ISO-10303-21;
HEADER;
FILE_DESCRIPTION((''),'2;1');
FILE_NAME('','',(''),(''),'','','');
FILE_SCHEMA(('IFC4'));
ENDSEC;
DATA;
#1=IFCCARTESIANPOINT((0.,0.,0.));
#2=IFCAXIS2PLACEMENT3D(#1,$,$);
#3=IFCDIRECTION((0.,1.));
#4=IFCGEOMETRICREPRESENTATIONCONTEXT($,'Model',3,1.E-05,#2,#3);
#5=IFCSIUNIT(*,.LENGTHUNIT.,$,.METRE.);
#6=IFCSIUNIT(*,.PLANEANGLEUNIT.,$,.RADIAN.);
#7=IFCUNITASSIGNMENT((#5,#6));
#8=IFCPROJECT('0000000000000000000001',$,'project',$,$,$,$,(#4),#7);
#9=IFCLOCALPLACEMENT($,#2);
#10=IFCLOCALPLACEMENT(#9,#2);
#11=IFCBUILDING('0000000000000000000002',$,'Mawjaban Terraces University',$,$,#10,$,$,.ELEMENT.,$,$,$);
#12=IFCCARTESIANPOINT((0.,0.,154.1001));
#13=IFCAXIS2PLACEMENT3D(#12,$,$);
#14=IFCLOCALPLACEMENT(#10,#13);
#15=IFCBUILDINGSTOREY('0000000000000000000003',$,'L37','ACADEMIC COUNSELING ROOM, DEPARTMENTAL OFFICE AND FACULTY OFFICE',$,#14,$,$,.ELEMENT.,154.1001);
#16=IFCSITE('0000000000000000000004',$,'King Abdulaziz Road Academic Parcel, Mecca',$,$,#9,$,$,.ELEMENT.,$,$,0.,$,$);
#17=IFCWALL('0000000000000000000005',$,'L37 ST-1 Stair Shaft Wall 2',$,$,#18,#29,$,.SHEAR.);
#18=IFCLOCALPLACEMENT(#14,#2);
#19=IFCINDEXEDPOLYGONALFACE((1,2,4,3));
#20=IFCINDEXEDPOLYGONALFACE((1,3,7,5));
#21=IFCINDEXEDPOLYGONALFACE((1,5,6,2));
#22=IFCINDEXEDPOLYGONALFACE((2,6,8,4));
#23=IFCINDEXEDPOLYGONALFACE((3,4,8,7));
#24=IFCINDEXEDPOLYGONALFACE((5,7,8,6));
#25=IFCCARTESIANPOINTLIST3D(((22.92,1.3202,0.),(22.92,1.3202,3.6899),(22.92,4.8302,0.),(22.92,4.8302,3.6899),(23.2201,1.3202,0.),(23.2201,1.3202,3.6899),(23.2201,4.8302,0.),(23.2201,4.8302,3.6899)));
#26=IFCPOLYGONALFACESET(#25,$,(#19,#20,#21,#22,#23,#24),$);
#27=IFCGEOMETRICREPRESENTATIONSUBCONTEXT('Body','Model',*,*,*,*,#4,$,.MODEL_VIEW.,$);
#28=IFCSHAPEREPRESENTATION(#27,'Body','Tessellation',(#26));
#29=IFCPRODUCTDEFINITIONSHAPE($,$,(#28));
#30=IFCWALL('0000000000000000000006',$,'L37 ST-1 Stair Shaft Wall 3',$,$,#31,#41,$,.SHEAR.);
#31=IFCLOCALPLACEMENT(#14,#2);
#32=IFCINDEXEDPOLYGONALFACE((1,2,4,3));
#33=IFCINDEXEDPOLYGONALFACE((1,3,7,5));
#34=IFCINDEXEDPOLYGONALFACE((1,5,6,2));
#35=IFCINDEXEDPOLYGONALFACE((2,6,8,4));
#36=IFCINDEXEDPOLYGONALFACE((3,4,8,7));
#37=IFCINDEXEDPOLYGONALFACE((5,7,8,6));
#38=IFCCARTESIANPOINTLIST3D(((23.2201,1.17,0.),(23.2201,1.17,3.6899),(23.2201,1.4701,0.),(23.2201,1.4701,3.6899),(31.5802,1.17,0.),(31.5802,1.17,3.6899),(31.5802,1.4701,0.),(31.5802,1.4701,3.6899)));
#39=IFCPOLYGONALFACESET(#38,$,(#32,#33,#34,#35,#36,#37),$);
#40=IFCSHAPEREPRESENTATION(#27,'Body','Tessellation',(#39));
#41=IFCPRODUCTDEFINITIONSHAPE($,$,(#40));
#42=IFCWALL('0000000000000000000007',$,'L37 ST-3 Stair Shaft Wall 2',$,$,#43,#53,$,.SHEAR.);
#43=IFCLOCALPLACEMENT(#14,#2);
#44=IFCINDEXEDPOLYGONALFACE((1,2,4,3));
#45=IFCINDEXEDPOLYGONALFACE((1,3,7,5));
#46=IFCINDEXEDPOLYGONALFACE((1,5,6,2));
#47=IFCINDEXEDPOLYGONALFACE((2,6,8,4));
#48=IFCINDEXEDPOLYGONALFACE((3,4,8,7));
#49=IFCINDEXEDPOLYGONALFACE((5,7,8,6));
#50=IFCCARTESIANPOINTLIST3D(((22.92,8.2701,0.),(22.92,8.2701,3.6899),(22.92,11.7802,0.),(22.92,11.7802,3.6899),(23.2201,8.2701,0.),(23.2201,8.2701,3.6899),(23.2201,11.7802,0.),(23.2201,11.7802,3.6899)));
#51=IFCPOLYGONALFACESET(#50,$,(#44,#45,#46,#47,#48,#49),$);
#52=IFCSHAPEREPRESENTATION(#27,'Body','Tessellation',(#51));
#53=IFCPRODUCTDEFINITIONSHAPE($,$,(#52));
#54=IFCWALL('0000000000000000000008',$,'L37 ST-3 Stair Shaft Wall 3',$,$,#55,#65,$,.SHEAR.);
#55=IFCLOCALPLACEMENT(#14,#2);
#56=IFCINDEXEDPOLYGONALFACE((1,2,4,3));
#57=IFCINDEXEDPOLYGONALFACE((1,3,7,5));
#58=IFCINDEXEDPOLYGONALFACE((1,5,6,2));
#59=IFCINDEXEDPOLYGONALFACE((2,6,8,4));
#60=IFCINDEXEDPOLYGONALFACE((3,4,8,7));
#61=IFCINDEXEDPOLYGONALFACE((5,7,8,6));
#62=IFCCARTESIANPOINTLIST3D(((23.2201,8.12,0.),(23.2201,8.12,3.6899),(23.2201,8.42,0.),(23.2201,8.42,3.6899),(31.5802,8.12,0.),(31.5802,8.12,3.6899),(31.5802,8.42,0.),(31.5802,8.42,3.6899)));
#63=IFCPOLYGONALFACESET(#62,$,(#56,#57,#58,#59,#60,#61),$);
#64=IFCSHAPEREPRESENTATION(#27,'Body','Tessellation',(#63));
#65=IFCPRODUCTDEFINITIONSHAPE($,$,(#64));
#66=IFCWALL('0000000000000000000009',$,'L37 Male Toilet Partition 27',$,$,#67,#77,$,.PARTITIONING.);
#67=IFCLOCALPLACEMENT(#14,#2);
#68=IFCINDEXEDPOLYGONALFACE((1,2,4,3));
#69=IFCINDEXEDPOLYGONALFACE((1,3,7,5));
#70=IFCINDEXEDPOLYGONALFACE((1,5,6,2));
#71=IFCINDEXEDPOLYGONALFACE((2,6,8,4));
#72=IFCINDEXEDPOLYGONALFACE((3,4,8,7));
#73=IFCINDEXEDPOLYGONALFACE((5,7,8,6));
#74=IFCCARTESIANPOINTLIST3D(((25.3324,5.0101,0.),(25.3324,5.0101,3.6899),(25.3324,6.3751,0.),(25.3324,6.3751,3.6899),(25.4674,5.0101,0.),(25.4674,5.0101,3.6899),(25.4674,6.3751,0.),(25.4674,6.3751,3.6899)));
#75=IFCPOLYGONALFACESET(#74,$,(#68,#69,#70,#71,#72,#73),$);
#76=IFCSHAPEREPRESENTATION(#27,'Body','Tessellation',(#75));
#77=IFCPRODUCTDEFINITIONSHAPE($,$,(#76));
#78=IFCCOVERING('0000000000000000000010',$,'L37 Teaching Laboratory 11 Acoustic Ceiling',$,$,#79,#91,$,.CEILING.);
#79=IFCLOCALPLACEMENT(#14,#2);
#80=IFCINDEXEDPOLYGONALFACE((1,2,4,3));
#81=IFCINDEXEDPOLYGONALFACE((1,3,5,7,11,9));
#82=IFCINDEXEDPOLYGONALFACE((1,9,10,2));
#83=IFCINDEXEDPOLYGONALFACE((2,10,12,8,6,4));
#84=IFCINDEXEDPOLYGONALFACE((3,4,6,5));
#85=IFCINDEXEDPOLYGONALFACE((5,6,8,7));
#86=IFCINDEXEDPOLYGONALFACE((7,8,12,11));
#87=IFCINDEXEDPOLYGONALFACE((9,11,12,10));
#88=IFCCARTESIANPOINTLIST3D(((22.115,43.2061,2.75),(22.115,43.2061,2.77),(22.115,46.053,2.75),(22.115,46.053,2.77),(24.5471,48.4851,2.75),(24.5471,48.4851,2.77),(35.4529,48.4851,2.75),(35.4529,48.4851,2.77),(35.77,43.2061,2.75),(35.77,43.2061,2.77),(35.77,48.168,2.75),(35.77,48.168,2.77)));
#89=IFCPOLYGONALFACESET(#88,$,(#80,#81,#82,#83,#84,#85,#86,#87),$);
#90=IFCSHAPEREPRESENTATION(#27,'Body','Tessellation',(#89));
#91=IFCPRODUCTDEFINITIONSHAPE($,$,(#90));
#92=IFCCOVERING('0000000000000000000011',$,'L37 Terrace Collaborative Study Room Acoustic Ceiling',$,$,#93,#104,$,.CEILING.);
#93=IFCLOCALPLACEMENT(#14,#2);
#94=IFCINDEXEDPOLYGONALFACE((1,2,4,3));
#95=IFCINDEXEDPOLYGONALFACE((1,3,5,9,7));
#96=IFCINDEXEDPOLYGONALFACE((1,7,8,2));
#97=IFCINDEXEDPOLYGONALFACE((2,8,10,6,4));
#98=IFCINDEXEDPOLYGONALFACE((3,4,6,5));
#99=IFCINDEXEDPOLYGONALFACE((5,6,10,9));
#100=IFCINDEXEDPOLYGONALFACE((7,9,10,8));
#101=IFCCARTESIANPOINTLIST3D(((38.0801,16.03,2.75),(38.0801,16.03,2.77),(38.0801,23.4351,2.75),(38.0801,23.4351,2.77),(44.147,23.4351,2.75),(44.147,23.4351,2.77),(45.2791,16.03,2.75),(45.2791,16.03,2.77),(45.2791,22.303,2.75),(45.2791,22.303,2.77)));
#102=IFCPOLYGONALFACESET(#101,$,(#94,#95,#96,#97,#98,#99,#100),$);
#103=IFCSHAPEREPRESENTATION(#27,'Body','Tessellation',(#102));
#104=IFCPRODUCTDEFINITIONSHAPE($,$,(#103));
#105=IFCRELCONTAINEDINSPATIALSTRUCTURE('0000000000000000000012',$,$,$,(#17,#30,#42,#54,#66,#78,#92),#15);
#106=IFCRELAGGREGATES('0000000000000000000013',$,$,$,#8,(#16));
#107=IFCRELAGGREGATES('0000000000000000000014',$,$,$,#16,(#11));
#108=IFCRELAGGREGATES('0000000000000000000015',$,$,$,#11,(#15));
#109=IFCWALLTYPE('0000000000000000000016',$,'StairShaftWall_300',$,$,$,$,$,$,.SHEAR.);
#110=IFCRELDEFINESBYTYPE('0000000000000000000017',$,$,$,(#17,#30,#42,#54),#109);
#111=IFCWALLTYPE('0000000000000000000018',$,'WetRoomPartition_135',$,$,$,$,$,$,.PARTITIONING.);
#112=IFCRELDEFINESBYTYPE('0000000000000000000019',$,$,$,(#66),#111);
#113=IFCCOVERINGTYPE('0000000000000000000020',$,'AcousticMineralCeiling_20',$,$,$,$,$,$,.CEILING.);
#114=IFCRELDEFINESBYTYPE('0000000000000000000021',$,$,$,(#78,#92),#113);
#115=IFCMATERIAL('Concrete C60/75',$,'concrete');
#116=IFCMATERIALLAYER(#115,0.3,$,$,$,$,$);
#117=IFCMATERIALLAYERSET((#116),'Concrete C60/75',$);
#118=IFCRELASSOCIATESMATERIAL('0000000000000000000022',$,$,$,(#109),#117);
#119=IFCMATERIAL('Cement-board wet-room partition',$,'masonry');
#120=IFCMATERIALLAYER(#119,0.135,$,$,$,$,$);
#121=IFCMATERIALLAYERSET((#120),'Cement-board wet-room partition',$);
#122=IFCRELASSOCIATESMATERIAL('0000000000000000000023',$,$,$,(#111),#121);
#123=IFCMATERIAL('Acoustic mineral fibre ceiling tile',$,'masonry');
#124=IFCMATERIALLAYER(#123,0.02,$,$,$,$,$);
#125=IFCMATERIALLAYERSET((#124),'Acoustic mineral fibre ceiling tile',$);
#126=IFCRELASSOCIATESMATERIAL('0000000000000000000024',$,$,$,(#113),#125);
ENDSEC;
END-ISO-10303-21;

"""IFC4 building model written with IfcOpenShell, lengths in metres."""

from ifc_helpers import new_model, si_unit, direction, frame, frame_2d, origin, place, context, subcontext, project, spatial, polyline, rectangle, outline, extrude, material, layer, layer_set, type_object, element, save


model = new_model("IFC4")

# Units and contexts
model_context = context("Model", 3, precision=1e-05, world=origin(), true_north=direction((0.0, 1.0)))
body_context = subcontext(model_context, "Body", "Model", "MODEL_VIEW")
ifc_project = project(units=[si_unit("LENGTHUNIT", "METRE"), si_unit("PLANEANGLEUNIT", "RADIAN")], contexts=[model_context])

# Site, building, storey
site_placement = place(None, origin())
site = spatial("IfcSite", under=ifc_project, at=site_placement, Name="King Abdulaziz Road Academic Parcel, Mecca", CompositionType="ELEMENT", RefElevation=0.0)
building_placement = place(site_placement, origin())
building = spatial("IfcBuilding", under=site, at=building_placement, Name="Mawjaban Terraces University", CompositionType="ELEMENT")
storey_placement = place(building_placement, frame((0.0, 0.0, 154.1001)))
storey = spatial("IfcBuildingStorey", under=building, at=storey_placement, Name="L37", Description="ACADEMIC COUNSELING ROOM, DEPARTMENTAL OFFICE AND FACULTY OFFICE", CompositionType="ELEMENT", Elevation=154.1001)

# Shared definitions
ifc_material_1 = material(Name="Concrete C60/75", Category="concrete")

# Walls
ifc_layer_1 = layer(ifc_material_1, 0.3)
ifc_layer_set_1 = layer_set([ifc_layer_1], Name="Concrete C60/75")
wall_type_1 = type_object("IfcWallType", Name="StairShaftWall_300", PredefinedType="SHEAR", material=ifc_layer_set_1)
wall_1_placement = place(storey_placement, frame((23.0701, 4.8301, 0.0), z_axis=(0.0, 0.0, 1.0), x_axis=(0.0, -1.0, 0.0)))
element("IfcWall", 1, at=wall_1_placement, inside=storey, type_object=wall_type_1, Name="L37 ST-1 Stair Shaft Wall 2", PredefinedType="SHEAR", context=body_context, shape_type="SweptSolid", body=[
    extrude(rectangle(XDim=3.51, YDim=0.3, at=frame_2d((1.7549, 0.0))), origin(), (0.0, 0.0, 1.0), 3.6899),
])
wall_2_placement = place(storey_placement, frame((23.22, 1.3201, 0.0), z_axis=(0.0, 0.0, 1.0), x_axis=(1.0, 0.0, 0.0)))
element("IfcWall", 2, at=wall_2_placement, inside=storey, type_object=wall_type_1, Name="L37 ST-1 Stair Shaft Wall 3", PredefinedType="SHEAR", context=body_context, shape_type="SweptSolid", body=[
    extrude(rectangle(XDim=8.3601, YDim=0.3, at=frame_2d((4.1802, 0.0))), origin(), (0.0, 0.0, 1.0), 3.6899),
])
wall_3_placement = place(storey_placement, frame((23.0701, 11.78, 0.0), z_axis=(0.0, 0.0, 1.0), x_axis=(0.0, -1.0, 0.0)))
element("IfcWall", 3, at=wall_3_placement, inside=storey, type_object=wall_type_1, Name="L37 ST-3 Stair Shaft Wall 2", PredefinedType="SHEAR", context=body_context, shape_type="SweptSolid", body=[
    extrude(rectangle(XDim=3.51, YDim=0.3, at=frame_2d((1.7549, 0.0))), origin(), (0.0, 0.0, 1.0), 3.6899),
])
wall_4_placement = place(storey_placement, frame((23.22, 8.27, 0.0), z_axis=(0.0, 0.0, 1.0), x_axis=(1.0, 0.0, 0.0)))
element("IfcWall", 4, at=wall_4_placement, inside=storey, type_object=wall_type_1, Name="L37 ST-3 Stair Shaft Wall 3", PredefinedType="SHEAR", context=body_context, shape_type="SweptSolid", body=[
    extrude(rectangle(XDim=8.3601, YDim=0.3, at=frame_2d((4.1802, 0.0))), origin(), (0.0, 0.0, 1.0), 3.6899),
])
ifc_material_2 = material(Name="Cement-board wet-room partition", Category="masonry")
ifc_layer_2 = layer(ifc_material_2, 0.135)
ifc_layer_set_2 = layer_set([ifc_layer_2], Name="Cement-board wet-room partition")
wall_type_2 = type_object("IfcWallType", Name="WetRoomPartition_135", PredefinedType="PARTITIONING", material=ifc_layer_set_2)
wall_5_placement = place(storey_placement, frame((25.3999, 5.01, 0.0), z_axis=(0.0, 0.0, 1.0), x_axis=(0.0, 1.0, 0.0)))
element("IfcWall", 5, at=wall_5_placement, inside=storey, type_object=wall_type_2, Name="L37 Male Toilet Partition 27", PredefinedType="PARTITIONING", context=body_context, shape_type="SweptSolid", body=[
    extrude(rectangle(XDim=1.365, YDim=0.135, at=frame_2d((0.6826, 0.0))), origin(), (0.0, 0.0, 1.0), 3.6899),
])

# Coverings
ifc_material_3 = material(Name="Acoustic mineral fibre ceiling tile", Category="masonry")
ifc_layer_3 = layer(ifc_material_3, 0.02)
ifc_layer_set_3 = layer_set([ifc_layer_3], Name="Acoustic mineral fibre ceiling tile")
covering_type = type_object("IfcCoveringType", Name="AcousticMineralCeiling_20", PredefinedType="CEILING", material=ifc_layer_set_3)
covering_1_placement = place(storey_placement, frame((0.0, 0.0, 2.75)))
element("IfcCovering", 6, at=covering_1_placement, inside=storey, type_object=covering_type, Name="L37 Teaching Laboratory 11 Acoustic Ceiling", PredefinedType="CEILING", context=body_context, shape_type="SweptSolid", body=[
    extrude(outline(polyline([(35.77, 48.168), (35.4529, 48.4851), (24.5471, 48.4851), (22.115, 46.053), (22.115, 43.2061), (35.77, 43.2061), (35.77, 48.168)])), origin(), (0.0, 0.0, 1.0), 0.02),
])
covering_2_placement = place(storey_placement, frame((0.0, 0.0, 2.75)))
element("IfcCovering", 7, at=covering_2_placement, inside=storey, type_object=covering_type, Name="L37 Terrace Collaborative Study Room Acoustic Ceiling", PredefinedType="CEILING", context=body_context, shape_type="SweptSolid", body=[
    extrude(outline(polyline([(45.2791, 16.03), (45.2791, 22.303), (44.147, 23.4351), (38.0801, 23.4351), (38.0801, 16.03), (45.2791, 16.03)])), origin(), (0.0, 0.0, 1.0), 0.02),
])

save(model, "model.ifc")
